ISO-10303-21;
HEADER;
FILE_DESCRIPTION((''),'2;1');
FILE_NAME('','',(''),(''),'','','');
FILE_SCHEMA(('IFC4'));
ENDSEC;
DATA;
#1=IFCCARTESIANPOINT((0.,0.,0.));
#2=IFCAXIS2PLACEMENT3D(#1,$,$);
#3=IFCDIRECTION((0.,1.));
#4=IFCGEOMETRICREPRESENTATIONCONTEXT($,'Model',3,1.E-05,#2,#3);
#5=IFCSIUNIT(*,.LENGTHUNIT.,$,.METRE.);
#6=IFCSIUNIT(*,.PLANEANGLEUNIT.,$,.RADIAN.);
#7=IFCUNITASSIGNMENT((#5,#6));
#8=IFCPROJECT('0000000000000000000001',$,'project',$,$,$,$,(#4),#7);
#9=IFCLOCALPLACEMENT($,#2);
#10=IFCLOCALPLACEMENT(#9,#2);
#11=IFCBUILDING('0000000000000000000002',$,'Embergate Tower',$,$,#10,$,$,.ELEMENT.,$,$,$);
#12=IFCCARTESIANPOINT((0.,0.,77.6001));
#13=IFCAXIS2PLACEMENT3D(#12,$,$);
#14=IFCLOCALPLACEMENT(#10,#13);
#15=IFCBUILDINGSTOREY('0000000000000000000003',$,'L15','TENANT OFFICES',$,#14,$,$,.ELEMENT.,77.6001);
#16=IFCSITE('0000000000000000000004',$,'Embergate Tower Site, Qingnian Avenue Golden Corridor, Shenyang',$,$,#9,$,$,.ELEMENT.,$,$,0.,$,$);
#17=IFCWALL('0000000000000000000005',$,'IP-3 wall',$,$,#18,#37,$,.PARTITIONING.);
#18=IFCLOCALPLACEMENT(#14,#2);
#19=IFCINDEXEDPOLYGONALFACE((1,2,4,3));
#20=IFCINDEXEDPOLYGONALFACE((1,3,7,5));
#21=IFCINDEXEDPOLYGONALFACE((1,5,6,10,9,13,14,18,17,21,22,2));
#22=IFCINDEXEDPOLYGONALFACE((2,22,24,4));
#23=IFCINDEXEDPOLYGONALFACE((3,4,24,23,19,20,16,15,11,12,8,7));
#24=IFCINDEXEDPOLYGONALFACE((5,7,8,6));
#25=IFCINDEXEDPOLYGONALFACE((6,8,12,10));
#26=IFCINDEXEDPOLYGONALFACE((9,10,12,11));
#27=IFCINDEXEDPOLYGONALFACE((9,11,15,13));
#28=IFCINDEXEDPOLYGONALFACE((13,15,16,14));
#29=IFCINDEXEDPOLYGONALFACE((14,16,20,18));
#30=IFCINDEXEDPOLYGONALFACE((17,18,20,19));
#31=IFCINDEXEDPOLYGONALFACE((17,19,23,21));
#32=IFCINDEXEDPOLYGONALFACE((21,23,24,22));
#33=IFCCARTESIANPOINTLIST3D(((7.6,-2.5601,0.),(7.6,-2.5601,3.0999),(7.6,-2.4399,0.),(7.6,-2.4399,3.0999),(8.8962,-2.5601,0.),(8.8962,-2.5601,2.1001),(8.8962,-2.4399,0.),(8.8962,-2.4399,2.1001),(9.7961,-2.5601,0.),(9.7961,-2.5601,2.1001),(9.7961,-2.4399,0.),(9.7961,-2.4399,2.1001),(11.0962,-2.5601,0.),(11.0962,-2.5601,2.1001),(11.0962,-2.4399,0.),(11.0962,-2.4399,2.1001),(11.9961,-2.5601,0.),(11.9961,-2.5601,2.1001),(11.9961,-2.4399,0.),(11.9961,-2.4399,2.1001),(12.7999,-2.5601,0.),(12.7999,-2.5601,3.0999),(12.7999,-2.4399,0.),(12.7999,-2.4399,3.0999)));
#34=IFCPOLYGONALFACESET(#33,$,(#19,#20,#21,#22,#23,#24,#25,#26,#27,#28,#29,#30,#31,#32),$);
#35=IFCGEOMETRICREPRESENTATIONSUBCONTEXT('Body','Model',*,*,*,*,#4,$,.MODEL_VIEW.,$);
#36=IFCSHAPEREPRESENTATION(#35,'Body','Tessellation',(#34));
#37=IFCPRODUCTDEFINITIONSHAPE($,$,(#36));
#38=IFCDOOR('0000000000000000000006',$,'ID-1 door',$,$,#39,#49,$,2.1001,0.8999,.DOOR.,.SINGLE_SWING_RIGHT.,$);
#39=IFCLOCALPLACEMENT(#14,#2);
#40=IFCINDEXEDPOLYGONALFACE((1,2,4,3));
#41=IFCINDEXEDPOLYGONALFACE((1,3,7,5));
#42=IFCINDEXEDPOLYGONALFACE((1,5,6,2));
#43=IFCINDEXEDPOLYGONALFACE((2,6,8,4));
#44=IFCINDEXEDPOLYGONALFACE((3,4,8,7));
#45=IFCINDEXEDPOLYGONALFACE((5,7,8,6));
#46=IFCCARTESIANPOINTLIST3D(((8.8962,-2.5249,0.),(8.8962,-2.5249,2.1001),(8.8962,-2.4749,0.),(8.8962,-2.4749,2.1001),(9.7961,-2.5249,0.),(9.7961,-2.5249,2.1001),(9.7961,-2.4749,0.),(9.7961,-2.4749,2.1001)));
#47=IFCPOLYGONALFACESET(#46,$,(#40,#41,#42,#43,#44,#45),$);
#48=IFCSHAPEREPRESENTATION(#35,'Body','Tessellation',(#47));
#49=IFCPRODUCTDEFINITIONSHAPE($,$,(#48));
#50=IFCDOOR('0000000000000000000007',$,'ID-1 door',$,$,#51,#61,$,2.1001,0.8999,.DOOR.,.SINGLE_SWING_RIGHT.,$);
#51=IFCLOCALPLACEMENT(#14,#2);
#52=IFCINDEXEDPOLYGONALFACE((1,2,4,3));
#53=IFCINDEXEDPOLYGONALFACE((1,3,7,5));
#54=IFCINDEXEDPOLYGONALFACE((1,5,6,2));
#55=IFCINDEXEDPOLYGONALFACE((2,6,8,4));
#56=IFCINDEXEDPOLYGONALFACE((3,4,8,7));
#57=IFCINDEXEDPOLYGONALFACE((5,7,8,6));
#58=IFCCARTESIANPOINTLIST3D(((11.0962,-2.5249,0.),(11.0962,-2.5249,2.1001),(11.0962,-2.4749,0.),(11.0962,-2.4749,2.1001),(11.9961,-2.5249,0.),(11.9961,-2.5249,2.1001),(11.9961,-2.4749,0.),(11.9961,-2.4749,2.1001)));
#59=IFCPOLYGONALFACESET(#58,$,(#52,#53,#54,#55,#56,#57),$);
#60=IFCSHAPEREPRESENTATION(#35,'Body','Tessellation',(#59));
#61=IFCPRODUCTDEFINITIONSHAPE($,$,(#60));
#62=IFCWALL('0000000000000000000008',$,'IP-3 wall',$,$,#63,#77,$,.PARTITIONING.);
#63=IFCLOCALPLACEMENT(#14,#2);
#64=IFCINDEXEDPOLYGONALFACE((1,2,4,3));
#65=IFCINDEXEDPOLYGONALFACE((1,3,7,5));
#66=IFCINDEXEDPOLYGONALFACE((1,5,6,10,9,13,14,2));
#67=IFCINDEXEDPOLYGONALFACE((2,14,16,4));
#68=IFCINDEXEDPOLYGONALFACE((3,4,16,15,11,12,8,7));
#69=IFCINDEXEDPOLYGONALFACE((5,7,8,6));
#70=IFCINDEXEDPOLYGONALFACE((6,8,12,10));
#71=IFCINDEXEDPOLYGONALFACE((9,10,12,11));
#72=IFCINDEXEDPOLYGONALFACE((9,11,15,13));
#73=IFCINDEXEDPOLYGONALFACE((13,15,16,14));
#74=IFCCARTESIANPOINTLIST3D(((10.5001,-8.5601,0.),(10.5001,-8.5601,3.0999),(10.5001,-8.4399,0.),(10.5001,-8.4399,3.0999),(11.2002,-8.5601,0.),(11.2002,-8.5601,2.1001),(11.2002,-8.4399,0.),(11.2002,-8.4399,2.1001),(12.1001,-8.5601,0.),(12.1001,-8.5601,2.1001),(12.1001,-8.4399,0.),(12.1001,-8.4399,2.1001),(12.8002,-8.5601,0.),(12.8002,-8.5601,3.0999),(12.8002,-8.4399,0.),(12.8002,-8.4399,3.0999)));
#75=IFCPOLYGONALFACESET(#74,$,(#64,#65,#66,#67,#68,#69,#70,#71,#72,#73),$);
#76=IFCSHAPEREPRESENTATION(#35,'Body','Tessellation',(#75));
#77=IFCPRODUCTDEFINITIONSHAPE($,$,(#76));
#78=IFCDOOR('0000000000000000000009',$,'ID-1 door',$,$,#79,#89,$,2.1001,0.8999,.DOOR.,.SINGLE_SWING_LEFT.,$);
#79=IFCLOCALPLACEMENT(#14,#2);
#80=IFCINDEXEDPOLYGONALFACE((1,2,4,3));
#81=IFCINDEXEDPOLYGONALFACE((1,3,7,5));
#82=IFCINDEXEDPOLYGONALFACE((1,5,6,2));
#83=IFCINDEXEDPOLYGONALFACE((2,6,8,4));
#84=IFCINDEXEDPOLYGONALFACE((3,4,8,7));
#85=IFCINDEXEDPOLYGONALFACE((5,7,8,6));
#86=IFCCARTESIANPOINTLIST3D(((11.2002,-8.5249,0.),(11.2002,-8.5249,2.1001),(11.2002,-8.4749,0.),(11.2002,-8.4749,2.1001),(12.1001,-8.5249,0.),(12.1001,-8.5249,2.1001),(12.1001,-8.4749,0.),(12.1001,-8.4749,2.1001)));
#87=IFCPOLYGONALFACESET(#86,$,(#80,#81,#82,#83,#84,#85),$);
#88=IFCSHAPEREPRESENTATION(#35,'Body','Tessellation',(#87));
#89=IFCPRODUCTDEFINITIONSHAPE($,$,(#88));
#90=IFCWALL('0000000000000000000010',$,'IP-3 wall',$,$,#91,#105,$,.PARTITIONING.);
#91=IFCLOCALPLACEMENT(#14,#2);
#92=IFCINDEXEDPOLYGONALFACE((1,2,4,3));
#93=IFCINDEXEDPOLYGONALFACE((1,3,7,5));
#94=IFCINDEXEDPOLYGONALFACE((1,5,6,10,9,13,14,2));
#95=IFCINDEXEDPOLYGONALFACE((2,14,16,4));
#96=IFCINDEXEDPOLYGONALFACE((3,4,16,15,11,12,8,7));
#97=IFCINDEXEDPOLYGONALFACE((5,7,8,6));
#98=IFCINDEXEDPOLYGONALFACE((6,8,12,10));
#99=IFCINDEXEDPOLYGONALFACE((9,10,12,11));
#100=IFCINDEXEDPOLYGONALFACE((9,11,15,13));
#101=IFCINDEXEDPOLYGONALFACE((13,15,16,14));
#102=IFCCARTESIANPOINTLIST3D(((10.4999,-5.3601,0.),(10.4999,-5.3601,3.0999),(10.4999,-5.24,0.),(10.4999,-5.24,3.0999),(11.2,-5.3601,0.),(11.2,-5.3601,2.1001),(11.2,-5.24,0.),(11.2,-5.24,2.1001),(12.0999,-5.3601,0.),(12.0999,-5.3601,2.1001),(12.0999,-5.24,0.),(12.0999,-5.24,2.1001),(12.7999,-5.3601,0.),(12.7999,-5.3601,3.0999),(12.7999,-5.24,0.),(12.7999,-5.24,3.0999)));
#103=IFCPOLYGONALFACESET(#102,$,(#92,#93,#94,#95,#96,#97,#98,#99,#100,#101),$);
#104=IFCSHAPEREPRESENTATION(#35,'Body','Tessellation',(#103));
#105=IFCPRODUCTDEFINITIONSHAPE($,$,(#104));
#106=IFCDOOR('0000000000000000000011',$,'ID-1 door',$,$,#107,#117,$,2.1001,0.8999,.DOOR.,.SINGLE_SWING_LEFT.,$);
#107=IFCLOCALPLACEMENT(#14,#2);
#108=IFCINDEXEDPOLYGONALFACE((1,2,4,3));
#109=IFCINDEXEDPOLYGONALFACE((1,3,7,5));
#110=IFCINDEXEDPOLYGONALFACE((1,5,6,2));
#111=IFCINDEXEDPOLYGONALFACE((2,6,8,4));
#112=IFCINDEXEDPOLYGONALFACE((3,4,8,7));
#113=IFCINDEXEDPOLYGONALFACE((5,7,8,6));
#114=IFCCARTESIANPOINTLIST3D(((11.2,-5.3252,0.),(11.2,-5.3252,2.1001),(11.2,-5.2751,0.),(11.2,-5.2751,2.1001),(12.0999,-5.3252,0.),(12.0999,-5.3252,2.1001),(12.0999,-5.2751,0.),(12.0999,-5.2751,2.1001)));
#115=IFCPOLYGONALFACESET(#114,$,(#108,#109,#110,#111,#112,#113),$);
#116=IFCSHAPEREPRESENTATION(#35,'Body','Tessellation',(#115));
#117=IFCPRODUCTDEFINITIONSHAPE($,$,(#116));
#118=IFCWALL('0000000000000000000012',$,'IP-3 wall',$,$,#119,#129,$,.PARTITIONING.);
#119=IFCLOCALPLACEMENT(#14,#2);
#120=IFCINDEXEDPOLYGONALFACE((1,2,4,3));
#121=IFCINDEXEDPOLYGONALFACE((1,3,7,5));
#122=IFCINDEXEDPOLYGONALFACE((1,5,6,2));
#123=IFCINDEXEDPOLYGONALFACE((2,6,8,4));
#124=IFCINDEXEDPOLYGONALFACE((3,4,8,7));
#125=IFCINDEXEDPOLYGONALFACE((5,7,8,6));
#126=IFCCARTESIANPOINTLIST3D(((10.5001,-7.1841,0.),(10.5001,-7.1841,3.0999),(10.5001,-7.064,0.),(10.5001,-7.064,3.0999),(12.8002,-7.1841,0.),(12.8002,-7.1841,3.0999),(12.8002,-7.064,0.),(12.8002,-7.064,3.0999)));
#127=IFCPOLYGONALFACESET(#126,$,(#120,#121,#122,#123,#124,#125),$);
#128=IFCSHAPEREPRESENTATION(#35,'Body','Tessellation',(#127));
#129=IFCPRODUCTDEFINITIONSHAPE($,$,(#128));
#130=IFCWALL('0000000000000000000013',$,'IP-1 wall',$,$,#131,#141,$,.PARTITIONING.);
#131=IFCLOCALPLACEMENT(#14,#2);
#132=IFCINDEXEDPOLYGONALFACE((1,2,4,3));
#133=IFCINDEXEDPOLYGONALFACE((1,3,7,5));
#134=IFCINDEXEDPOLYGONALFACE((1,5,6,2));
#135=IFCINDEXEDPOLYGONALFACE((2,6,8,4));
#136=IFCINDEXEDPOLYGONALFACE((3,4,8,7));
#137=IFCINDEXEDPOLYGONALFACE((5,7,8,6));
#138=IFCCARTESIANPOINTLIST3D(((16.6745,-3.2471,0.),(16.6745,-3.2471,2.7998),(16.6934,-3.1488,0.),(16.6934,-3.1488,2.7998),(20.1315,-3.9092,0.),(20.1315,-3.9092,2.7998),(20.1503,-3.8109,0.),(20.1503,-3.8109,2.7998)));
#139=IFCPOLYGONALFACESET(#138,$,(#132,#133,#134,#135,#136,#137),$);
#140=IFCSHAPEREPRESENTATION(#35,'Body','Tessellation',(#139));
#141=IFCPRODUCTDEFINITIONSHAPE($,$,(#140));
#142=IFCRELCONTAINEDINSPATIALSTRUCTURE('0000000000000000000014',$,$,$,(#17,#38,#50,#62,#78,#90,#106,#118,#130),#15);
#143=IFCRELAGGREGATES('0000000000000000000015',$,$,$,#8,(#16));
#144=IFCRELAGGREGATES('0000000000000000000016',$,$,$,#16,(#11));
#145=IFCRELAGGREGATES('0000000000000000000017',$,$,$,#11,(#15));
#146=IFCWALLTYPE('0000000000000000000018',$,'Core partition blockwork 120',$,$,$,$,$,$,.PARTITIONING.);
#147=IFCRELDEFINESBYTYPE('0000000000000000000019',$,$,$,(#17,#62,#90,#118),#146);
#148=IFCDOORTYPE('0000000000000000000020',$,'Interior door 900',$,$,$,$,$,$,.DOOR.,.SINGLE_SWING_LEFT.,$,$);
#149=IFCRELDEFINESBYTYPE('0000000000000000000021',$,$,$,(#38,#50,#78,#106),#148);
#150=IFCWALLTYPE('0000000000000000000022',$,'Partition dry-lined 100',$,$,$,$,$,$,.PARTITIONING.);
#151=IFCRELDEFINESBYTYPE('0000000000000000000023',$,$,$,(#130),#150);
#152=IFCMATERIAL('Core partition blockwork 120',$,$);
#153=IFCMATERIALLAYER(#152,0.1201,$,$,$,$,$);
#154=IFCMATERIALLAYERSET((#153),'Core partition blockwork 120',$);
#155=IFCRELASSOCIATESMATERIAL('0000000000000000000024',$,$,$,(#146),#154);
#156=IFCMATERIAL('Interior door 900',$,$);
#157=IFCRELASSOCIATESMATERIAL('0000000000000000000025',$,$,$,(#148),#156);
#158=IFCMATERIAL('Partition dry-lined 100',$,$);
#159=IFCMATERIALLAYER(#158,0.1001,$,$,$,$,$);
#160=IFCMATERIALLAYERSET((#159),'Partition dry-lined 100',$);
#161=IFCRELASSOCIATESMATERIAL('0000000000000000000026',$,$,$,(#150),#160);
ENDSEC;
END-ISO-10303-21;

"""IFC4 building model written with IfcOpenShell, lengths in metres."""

from ifc_helpers import new_model, si_unit, direction, frame, frame_2d, origin, place, context, subcontext, project, spatial, rectangle, extrude, source, transform, mapped, material, layer, layer_set, type_object, element, fill, save


model = new_model("IFC4")

# Units and contexts
model_context = context("Model", 3, precision=1e-05, world=origin(), true_north=direction((0.0, 1.0)))
body_context = subcontext(model_context, "Body", "Model", "MODEL_VIEW")
ifc_project = project(units=[si_unit("LENGTHUNIT", "METRE"), si_unit("PLANEANGLEUNIT", "RADIAN")], contexts=[model_context])

# Site, building, storey
site_placement = place(None, origin())
site = spatial("IfcSite", under=ifc_project, at=site_placement, Name="Embergate Tower Site, Qingnian Avenue Golden Corridor, Shenyang", CompositionType="ELEMENT", RefElevation=0.0)
building_placement = place(site_placement, origin())
building = spatial("IfcBuilding", under=site, at=building_placement, Name="Embergate Tower", CompositionType="ELEMENT")
storey_placement = place(building_placement, frame((0.0, 0.0, 77.6001)))
storey = spatial("IfcBuildingStorey", under=building, at=storey_placement, Name="L15", Description="TENANT OFFICES", CompositionType="ELEMENT", Elevation=77.6001)

# Shared definitions
ifc_material_1 = material(Name="Core partition blockwork 120")
ifc_layer_1 = layer(ifc_material_1, 0.1201)
ifc_layer_set_1 = layer_set([ifc_layer_1], Name="Core partition blockwork 120")
wall_type_1 = type_object("IfcWallType", Name="Core partition blockwork 120", PredefinedType="PARTITIONING", material=ifc_layer_set_1)
shared_shape_1 = source(origin(), body_context, "Body", "SweptSolid", [
    extrude(rectangle(XDim=0.8999, YDim=2.1001, at=frame_2d((0.45, 1.05))), frame((0.0, 0.0701, 0.0), z_axis=(0.0, -1.0, 0.0), x_axis=(1.0, 0.0, 0.0)), (0.0, 0.0, 1.0), 0.1401),
])
ifc_material_2 = material(Name="Interior door 900")
door_type_1 = type_object("IfcDoorType", Name="Interior door 900", OperationType="SINGLE_SWING_LEFT", PredefinedType="DOOR", material=ifc_material_2)
shared_shape_2 = source(origin(), body_context, "Body", "SweptSolid", [
    extrude(rectangle(XDim=0.8999, YDim=2.1001, at=frame_2d((0.45, 1.05))), frame((0.0, 0.0249, 0.0), z_axis=(0.0, -1.0, 0.0), x_axis=(1.0, 0.0, 0.0)), (0.0, 0.0, 1.0), 0.05),
])

# Wall, openings, doors
shared_shape_3 = source(origin(), body_context, "Body", "SweptSolid", [
    extrude(rectangle(XDim=5.2, YDim=0.1201, at=frame_2d((2.6001, 0.0))), origin(), (0.0, 0.0, 1.0), 3.0999),
])
wall_1_placement = place(storey_placement, frame((12.8, -2.5, 0.0), z_axis=(0.0, 0.0, 1.0), x_axis=(-1.0, 0.0, 0.0)))
wall_1 = element("IfcWall", 1, at=wall_1_placement, inside=storey, type_object=wall_type_1, Name="IP-3 wall", PredefinedType="PARTITIONING", context=body_context, shape_type="MappedRepresentation", body=[
    mapped(shared_shape_3, transform((0.0, 0.0, 0.0))),
])
opening_1_placement = place(wall_1_placement, frame((3.0039, 0.0, 0.0)))
opening_1 = element("IfcOpeningElement", 2, at=opening_1_placement, cuts=wall_1, PredefinedType="OPENING", context=body_context, shape_type="MappedRepresentation", body=[
    mapped(shared_shape_1, transform((0.0, 0.0, 0.0))),
])
opening_2_placement = place(wall_1_placement, frame((0.804, 0.0, 0.0)))
opening_2 = element("IfcOpeningElement", 3, at=opening_2_placement, cuts=wall_1, PredefinedType="OPENING", context=body_context, shape_type="MappedRepresentation", body=[
    mapped(shared_shape_1, transform((0.0, 0.0, 0.0))),
])
door_1_placement = place(opening_1_placement, origin())
door_1 = element("IfcDoor", 4, at=door_1_placement, inside=storey, type_object=door_type_1, Name="ID-1 door", OperationType="SINGLE_SWING_RIGHT", OverallHeight=2.1001, OverallWidth=0.8999, PredefinedType="DOOR", context=body_context, shape_type="MappedRepresentation", body=[
    mapped(shared_shape_2, transform((0.0, 0.0, 0.0))),
])
fill(opening_1, door_1)
door_2_placement = place(opening_2_placement, origin())
door_2 = element("IfcDoor", 5, at=door_2_placement, inside=storey, type_object=door_type_1, Name="ID-1 door", OperationType="SINGLE_SWING_RIGHT", OverallHeight=2.1001, OverallWidth=0.8999, PredefinedType="DOOR", context=body_context, shape_type="MappedRepresentation", body=[
    mapped(shared_shape_2, transform((0.0, 0.0, 0.0))),
])
fill(opening_2, door_2)

# Walls, openings, doors
shared_shape_4 = source(origin(), body_context, "Body", "SweptSolid", [
    extrude(rectangle(XDim=2.3, YDim=0.1201, at=frame_2d((1.1499, 0.0))), origin(), (0.0, 0.0, 1.0), 3.0999),
])
wall_2_placement = place(storey_placement, frame((12.8, -8.5, 0.0), z_axis=(0.0, 0.0, 1.0), x_axis=(-1.0, 0.0, 0.0)))
wall_2 = element("IfcWall", 6, at=wall_2_placement, inside=storey, type_object=wall_type_1, Name="IP-3 wall", PredefinedType="PARTITIONING", context=body_context, shape_type="MappedRepresentation", body=[
    mapped(shared_shape_4, transform((0.0, 0.0, 0.0))),
])
opening_3_placement = place(wall_2_placement, frame((0.7, 0.0, 0.0)))
opening_3 = element("IfcOpeningElement", 7, at=opening_3_placement, cuts=wall_2, PredefinedType="OPENING", context=body_context, shape_type="MappedRepresentation", body=[
    mapped(shared_shape_1, transform((0.0, 0.0, 0.0))),
])
door_3_placement = place(opening_3_placement, origin())
door_3 = element("IfcDoor", 8, at=door_3_placement, inside=storey, type_object=door_type_1, Name="ID-1 door", OperationType="SINGLE_SWING_LEFT", OverallHeight=2.1001, OverallWidth=0.8999, PredefinedType="DOOR", context=body_context, shape_type="MappedRepresentation", body=[
    mapped(shared_shape_2, transform((0.0, 0.0, 0.0))),
])
fill(opening_3, door_3)
wall_3_placement = place(storey_placement, frame((10.5, -5.3, 0.0), z_axis=(0.0, 0.0, 1.0), x_axis=(1.0, 0.0, 0.0)))
wall_3 = element("IfcWall", 9, at=wall_3_placement, inside=storey, type_object=wall_type_1, Name="IP-3 wall", PredefinedType="PARTITIONING", context=body_context, shape_type="MappedRepresentation", body=[
    mapped(shared_shape_4, transform((0.0, 0.0, 0.0))),
])
opening_4_placement = place(wall_3_placement, frame((0.7, 0.0, 0.0)))
opening_4 = element("IfcOpeningElement", 10, at=opening_4_placement, cuts=wall_3, PredefinedType="OPENING", context=body_context, shape_type="MappedRepresentation", body=[
    mapped(shared_shape_1, transform((0.0, 0.0, 0.0))),
])
door_4_placement = place(opening_4_placement, origin())
door_4 = element("IfcDoor", 11, at=door_4_placement, inside=storey, type_object=door_type_1, Name="ID-1 door", OperationType="SINGLE_SWING_LEFT", OverallHeight=2.1001, OverallWidth=0.8999, PredefinedType="DOOR", context=body_context, shape_type="MappedRepresentation", body=[
    mapped(shared_shape_2, transform((0.0, 0.0, 0.0))),
])
fill(opening_4, door_4)

# Walls
wall_4_placement = place(storey_placement, frame((12.8, -7.124, 0.0), z_axis=(0.0, 0.0, 1.0), x_axis=(-1.0, 0.0, 0.0)))
element("IfcWall", 12, at=wall_4_placement, inside=storey, type_object=wall_type_1, Name="IP-3 wall", PredefinedType="PARTITIONING", context=body_context, shape_type="MappedRepresentation", body=[
    mapped(shared_shape_4, transform((0.0, 0.0, 0.0))),
])
ifc_material_3 = material(Name="Partition dry-lined 100")
ifc_layer_2 = layer(ifc_material_3, 0.1001)
ifc_layer_set_2 = layer_set([ifc_layer_2], Name="Partition dry-lined 100")
wall_type_2 = type_object("IfcWallType", Name="Partition dry-lined 100", PredefinedType="PARTITIONING", material=ifc_layer_set_2)
shared_shape_5 = source(origin(), body_context, "Body", "SweptSolid", [
    extrude(rectangle(XDim=3.5198, YDim=0.1001, at=frame_2d((1.7598, 0.0))), origin(), (0.0, 0.0, 1.0), 2.7998),
])
wall_5_placement = place(storey_placement, frame((16.6841, -3.198, 0.0), z_axis=(0.0, 0.0, 1.0), x_axis=(0.982149, -0.188106, 0.0)))
element("IfcWall", 13, at=wall_5_placement, inside=storey, type_object=wall_type_2, Name="IP-1 wall", PredefinedType="PARTITIONING", context=body_context, shape_type="MappedRepresentation", body=[
    mapped(shared_shape_5, transform((0.0, 0.0, 0.0))),
])

save(model, "model.ifc")
